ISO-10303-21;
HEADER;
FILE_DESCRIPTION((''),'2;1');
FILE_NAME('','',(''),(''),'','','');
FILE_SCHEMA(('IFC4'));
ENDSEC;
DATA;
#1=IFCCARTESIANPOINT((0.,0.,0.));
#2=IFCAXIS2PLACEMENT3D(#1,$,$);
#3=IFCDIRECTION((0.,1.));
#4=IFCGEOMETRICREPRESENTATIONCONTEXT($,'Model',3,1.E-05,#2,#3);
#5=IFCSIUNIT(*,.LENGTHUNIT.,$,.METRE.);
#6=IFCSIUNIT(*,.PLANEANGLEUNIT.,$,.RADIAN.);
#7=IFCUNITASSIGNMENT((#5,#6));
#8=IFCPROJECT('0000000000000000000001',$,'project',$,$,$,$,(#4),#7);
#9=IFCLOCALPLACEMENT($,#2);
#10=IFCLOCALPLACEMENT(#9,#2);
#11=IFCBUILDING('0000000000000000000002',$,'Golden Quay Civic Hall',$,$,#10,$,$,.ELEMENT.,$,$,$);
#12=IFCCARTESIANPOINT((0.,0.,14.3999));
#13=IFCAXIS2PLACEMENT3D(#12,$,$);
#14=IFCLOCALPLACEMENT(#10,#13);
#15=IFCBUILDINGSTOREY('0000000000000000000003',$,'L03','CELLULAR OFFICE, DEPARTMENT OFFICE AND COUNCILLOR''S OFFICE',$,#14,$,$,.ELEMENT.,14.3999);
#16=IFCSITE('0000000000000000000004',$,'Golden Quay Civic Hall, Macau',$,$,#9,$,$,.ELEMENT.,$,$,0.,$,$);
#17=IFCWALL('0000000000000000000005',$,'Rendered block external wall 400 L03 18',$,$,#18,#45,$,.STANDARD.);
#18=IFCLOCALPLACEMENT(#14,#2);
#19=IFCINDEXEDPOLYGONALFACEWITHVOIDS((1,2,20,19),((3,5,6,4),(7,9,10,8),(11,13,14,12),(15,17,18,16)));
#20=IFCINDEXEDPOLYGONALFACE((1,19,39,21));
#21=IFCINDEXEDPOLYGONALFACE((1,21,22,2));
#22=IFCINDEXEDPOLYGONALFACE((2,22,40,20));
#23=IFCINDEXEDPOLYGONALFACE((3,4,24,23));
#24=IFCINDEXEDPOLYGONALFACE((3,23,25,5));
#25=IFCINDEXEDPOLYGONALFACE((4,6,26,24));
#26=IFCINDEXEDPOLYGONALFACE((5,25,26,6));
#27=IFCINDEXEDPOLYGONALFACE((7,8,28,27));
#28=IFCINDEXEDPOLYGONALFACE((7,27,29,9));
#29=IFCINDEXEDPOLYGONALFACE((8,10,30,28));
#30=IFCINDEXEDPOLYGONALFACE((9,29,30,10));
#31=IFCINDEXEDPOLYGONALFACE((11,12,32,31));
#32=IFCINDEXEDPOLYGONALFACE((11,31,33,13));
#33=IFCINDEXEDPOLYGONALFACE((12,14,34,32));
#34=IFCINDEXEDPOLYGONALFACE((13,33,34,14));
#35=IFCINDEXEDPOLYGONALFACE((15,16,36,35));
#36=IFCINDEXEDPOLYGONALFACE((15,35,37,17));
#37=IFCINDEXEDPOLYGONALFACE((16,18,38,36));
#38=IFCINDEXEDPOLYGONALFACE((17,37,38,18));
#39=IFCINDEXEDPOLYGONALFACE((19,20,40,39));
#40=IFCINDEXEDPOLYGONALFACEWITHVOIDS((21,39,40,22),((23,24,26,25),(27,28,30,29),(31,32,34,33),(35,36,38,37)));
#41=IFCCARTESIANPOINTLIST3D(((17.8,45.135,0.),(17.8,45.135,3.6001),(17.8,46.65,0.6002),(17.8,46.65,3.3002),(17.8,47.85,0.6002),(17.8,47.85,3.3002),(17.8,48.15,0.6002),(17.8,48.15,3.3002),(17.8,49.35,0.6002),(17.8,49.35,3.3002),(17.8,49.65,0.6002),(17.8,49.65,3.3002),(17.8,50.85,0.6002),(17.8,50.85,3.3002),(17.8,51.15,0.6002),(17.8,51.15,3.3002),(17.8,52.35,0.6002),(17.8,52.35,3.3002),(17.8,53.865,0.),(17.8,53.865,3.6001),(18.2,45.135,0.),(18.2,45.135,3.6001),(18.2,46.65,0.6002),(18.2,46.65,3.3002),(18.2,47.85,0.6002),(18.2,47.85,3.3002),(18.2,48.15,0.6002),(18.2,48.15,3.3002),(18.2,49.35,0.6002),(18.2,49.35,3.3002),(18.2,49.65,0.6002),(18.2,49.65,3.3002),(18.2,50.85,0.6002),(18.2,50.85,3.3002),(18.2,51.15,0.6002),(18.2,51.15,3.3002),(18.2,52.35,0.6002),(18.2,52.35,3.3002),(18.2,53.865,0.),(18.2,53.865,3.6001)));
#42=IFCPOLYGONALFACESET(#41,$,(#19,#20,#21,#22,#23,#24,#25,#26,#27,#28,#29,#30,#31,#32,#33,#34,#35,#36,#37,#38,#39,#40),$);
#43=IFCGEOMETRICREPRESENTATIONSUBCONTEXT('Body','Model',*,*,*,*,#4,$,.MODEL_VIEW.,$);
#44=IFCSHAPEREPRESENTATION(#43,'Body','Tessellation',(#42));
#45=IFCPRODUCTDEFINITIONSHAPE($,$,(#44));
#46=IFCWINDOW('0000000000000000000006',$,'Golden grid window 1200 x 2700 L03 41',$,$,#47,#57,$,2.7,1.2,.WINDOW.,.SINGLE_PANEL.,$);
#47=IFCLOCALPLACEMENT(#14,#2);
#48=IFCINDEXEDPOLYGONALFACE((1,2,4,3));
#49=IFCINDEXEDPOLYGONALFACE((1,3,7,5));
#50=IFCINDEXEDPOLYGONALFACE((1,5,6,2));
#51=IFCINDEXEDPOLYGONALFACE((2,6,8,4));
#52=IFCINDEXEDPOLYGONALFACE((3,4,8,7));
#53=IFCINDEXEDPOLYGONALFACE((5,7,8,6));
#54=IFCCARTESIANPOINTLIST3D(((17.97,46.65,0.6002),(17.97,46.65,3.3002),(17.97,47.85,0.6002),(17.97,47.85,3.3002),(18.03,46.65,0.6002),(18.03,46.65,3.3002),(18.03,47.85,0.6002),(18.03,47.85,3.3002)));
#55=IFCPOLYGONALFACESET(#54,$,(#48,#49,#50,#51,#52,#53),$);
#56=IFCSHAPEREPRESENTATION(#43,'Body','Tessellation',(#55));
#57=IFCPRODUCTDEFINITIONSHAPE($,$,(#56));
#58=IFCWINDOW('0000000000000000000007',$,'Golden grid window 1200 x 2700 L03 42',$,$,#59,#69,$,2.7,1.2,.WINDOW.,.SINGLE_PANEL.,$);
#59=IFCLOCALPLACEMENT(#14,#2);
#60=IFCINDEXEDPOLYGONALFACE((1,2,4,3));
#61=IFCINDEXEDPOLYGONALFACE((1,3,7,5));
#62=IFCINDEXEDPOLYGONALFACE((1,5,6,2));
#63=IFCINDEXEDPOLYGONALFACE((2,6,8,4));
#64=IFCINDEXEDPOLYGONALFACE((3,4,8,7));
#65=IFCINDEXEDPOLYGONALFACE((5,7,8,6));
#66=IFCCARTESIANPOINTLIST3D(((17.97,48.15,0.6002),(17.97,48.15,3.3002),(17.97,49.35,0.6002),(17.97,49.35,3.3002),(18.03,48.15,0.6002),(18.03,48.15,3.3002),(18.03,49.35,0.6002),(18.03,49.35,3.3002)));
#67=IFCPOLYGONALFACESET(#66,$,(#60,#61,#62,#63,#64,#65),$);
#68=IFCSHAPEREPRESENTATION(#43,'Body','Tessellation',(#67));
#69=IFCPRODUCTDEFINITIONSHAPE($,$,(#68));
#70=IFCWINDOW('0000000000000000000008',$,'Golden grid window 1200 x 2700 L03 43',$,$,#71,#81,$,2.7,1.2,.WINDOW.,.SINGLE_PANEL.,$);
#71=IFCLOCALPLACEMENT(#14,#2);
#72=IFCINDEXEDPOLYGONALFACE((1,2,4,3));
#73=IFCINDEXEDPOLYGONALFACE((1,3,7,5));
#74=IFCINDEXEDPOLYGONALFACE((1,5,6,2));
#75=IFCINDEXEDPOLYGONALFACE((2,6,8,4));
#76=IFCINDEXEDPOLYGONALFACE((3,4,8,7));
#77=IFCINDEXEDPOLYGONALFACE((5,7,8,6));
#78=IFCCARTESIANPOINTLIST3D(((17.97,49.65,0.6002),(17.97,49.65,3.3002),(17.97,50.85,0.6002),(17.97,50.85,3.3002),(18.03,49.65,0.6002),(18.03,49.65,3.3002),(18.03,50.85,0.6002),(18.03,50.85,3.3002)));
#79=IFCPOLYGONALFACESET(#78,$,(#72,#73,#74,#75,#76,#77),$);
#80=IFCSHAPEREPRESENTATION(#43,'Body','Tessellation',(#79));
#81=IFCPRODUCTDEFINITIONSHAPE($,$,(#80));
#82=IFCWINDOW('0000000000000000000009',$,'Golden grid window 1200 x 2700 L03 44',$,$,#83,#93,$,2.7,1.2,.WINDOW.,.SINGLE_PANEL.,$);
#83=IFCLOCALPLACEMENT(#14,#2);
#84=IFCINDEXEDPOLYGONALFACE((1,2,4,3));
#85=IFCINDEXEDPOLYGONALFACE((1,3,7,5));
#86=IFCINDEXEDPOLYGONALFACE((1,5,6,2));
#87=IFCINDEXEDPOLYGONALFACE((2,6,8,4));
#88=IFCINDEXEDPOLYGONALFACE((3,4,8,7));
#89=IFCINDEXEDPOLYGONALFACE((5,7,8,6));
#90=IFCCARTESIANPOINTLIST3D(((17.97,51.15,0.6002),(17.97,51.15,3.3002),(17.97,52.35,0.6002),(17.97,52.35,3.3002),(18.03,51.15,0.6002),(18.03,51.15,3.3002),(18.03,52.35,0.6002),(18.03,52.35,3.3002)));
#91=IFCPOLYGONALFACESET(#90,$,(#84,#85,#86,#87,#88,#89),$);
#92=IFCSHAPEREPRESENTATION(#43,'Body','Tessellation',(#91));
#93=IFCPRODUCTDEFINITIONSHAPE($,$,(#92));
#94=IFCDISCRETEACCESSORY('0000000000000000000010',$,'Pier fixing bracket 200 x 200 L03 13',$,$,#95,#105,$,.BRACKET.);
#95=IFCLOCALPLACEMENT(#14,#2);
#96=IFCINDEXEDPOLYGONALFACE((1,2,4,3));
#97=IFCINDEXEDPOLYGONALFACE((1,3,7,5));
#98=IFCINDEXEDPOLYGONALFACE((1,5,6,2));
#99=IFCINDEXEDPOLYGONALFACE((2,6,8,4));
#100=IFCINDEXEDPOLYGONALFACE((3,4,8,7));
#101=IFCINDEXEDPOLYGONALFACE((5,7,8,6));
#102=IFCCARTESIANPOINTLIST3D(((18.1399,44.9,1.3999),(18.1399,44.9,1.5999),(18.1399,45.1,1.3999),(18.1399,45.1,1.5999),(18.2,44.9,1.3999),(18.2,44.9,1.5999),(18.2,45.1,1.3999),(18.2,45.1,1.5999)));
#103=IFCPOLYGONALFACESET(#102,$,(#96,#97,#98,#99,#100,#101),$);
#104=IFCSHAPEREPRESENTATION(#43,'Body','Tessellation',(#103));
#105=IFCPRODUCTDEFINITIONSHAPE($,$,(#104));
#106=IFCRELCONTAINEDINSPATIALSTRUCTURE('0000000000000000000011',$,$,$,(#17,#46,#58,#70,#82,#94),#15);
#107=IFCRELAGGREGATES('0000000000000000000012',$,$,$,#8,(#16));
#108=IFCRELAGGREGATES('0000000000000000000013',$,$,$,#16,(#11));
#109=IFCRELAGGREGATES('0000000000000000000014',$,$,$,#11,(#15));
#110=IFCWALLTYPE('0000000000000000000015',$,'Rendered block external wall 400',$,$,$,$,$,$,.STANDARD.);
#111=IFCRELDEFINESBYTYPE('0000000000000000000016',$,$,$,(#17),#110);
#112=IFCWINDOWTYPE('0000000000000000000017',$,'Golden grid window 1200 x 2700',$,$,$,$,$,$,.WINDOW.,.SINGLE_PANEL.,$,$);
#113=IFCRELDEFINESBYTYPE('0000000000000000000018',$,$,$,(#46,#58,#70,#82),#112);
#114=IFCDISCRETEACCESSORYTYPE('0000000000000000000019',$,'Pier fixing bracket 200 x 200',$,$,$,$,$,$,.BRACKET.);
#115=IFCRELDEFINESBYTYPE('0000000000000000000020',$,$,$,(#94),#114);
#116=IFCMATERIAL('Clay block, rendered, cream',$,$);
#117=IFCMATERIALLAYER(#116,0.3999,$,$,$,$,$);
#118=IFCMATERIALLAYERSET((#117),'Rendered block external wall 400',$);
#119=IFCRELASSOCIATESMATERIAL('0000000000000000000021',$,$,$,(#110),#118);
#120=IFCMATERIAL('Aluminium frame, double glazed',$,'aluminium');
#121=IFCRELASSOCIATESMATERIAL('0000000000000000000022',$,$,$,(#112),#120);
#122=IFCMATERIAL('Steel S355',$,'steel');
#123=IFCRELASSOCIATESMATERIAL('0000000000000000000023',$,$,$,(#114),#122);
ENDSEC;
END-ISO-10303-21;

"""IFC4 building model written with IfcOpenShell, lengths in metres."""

from ifc_helpers import new_model, si_unit, direction, frame, frame_2d, origin, origin_2d, place, context, subcontext, project, spatial, rectangle, extrude, material, layer, layer_set, type_object, element, fill, save


model = new_model("IFC4")

# Units and contexts
model_context = context("Model", 3, precision=1e-05, world=origin(), true_north=direction((0.0, 1.0)))
body_context = subcontext(model_context, "Body", "Model", "MODEL_VIEW")
ifc_project = project(units=[si_unit("LENGTHUNIT", "METRE"), si_unit("PLANEANGLEUNIT", "RADIAN")], contexts=[model_context])

# Site, building, storey
site_placement = place(None, origin())
site = spatial("IfcSite", under=ifc_project, at=site_placement, Name="Golden Quay Civic Hall, Macau", CompositionType="ELEMENT", RefElevation=0.0)
building_placement = place(site_placement, origin())
building = spatial("IfcBuilding", under=site, at=building_placement, Name="Golden Quay Civic Hall", CompositionType="ELEMENT")
storey_placement = place(building_placement, frame((0.0, 0.0, 14.3999)))
storey = spatial("IfcBuildingStorey", under=building, at=storey_placement, Name="L03", Description="CELLULAR OFFICE, DEPARTMENT OFFICE AND COUNCILLOR'S OFFICE", CompositionType="ELEMENT", Elevation=14.3999)

# Wall, openings, windows
ifc_material_1 = material(Name="Clay block, rendered, cream")
ifc_layer_1 = layer(ifc_material_1, 0.3999)
ifc_layer_set_1 = layer_set([ifc_layer_1], Name="Rendered block external wall 400")
wall_type_1 = type_object("IfcWallType", Name="Rendered block external wall 400", PredefinedType="STANDARD", material=ifc_layer_set_1)
ifc_material_2 = material(Name="Aluminium frame, double glazed", Category="aluminium")
window_type = type_object("IfcWindowType", Name="Golden grid window 1200 x 2700", PartitioningType="SINGLE_PANEL", PredefinedType="WINDOW", material=ifc_material_2)
wall_1_placement = place(storey_placement, frame((18.0, 53.865, 0.0), z_axis=(0.0, 0.0, 1.0), x_axis=(0.0, -1.0, 0.0)))
wall_1 = element("IfcWall", 1, at=wall_1_placement, inside=storey, type_object=wall_type_1, Name="Rendered block external wall 400 L03 18", PredefinedType="STANDARD", context=body_context, shape_type="SweptSolid", body=[
    extrude(rectangle(XDim=8.73, YDim=0.3999, at=frame_2d((4.365, 0.0))), origin(), (0.0, 0.0, 1.0), 3.6001),
])
opening_1_placement = place(wall_1_placement, frame((6.0149, 0.0, 0.6001)))
opening_1 = element("IfcOpeningElement", 2, at=opening_1_placement, cuts=wall_1, PredefinedType="OPENING", context=body_context, shape_type="SweptSolid", body=[
    extrude(rectangle(XDim=1.2, YDim=2.7, at=frame_2d((0.6001, 1.3501))), frame((0.0, 0.21, 0.0), z_axis=(0.0, -1.0, 0.0), x_axis=(1.0, 0.0, 0.0)), (0.0, 0.0, 1.0), 0.4199),
])
opening_2_placement = place(wall_1_placement, frame((4.5149, 0.0, 0.6001)))
opening_2 = element("IfcOpeningElement", 3, at=opening_2_placement, cuts=wall_1, PredefinedType="OPENING", context=body_context, shape_type="SweptSolid", body=[
    extrude(rectangle(XDim=1.2, YDim=2.7, at=frame_2d((0.6001, 1.3501))), frame((0.0, 0.21, 0.0), z_axis=(0.0, -1.0, 0.0), x_axis=(1.0, 0.0, 0.0)), (0.0, 0.0, 1.0), 0.4199),
])
opening_3_placement = place(wall_1_placement, frame((3.0149, 0.0, 0.6001)))
opening_3 = element("IfcOpeningElement", 4, at=opening_3_placement, cuts=wall_1, PredefinedType="OPENING", context=body_context, shape_type="SweptSolid", body=[
    extrude(rectangle(XDim=1.2, YDim=2.7, at=frame_2d((0.6001, 1.3501))), frame((0.0, 0.21, 0.0), z_axis=(0.0, -1.0, 0.0), x_axis=(1.0, 0.0, 0.0)), (0.0, 0.0, 1.0), 0.4199),
])
opening_4_placement = place(wall_1_placement, frame((1.5149, 0.0, 0.6001)))
opening_4 = element("IfcOpeningElement", 5, at=opening_4_placement, cuts=wall_1, PredefinedType="OPENING", context=body_context, shape_type="SweptSolid", body=[
    extrude(rectangle(XDim=1.2, YDim=2.7, at=frame_2d((0.6001, 1.3501))), frame((0.0, 0.21, 0.0), z_axis=(0.0, -1.0, 0.0), x_axis=(1.0, 0.0, 0.0)), (0.0, 0.0, 1.0), 0.4199),
])
window_1_placement = place(opening_1_placement, origin())
window_1 = element("IfcWindow", 6, at=window_1_placement, inside=storey, type_object=window_type, Name="Golden grid window 1200 x 2700 L03 41", OverallHeight=2.7, OverallWidth=1.2, PartitioningType="SINGLE_PANEL", PredefinedType="WINDOW", context=body_context, shape_type="SweptSolid", body=[
    extrude(rectangle(XDim=1.2, YDim=2.7, at=frame_2d((0.6001, 1.3501))), frame((0.0, 0.03, 0.0), z_axis=(0.0, -1.0, 0.0), x_axis=(1.0, 0.0, 0.0)), (0.0, 0.0, 1.0), 0.0601),
])
fill(opening_1, window_1)
window_2_placement = place(opening_2_placement, origin())
window_2 = element("IfcWindow", 7, at=window_2_placement, inside=storey, type_object=window_type, Name="Golden grid window 1200 x 2700 L03 42", OverallHeight=2.7, OverallWidth=1.2, PartitioningType="SINGLE_PANEL", PredefinedType="WINDOW", context=body_context, shape_type="SweptSolid", body=[
    extrude(rectangle(XDim=1.2, YDim=2.7, at=frame_2d((0.6001, 1.3501))), frame((0.0, 0.03, 0.0), z_axis=(0.0, -1.0, 0.0), x_axis=(1.0, 0.0, 0.0)), (0.0, 0.0, 1.0), 0.0601),
])
fill(opening_2, window_2)
window_3_placement = place(opening_3_placement, origin())
window_3 = element("IfcWindow", 8, at=window_3_placement, inside=storey, type_object=window_type, Name="Golden grid window 1200 x 2700 L03 43", OverallHeight=2.7, OverallWidth=1.2, PartitioningType="SINGLE_PANEL", PredefinedType="WINDOW", context=body_context, shape_type="SweptSolid", body=[
    extrude(rectangle(XDim=1.2, YDim=2.7, at=frame_2d((0.6001, 1.3501))), frame((0.0, 0.03, 0.0), z_axis=(0.0, -1.0, 0.0), x_axis=(1.0, 0.0, 0.0)), (0.0, 0.0, 1.0), 0.0601),
])
fill(opening_3, window_3)
window_4_placement = place(opening_4_placement, origin())
window_4 = element("IfcWindow", 9, at=window_4_placement, inside=storey, type_object=window_type, Name="Golden grid window 1200 x 2700 L03 44", OverallHeight=2.7, OverallWidth=1.2, PartitioningType="SINGLE_PANEL", PredefinedType="WINDOW", context=body_context, shape_type="SweptSolid", body=[
    extrude(rectangle(XDim=1.2, YDim=2.7, at=frame_2d((0.6001, 1.3501))), frame((0.0, 0.03, 0.0), z_axis=(0.0, -1.0, 0.0), x_axis=(1.0, 0.0, 0.0)), (0.0, 0.0, 1.0), 0.0601),
])
fill(opening_4, window_4)

# Discrete accessory
ifc_material_3 = material(Name="Steel S355", Category="steel")
discrete_accessory_type = type_object("IfcDiscreteAccessoryType", Name="Pier fixing bracket 200 x 200", PredefinedType="BRACKET", material=ifc_material_3)
discrete_accessory_placement = place(storey_placement, frame((18.1699, 45.0, 1.3999), z_axis=(0.0, 0.0, 1.0), x_axis=(0.0, 1.0, 0.0)))
element("IfcDiscreteAccessory", 10, at=discrete_accessory_placement, inside=storey, type_object=discrete_accessory_type, Name="Pier fixing bracket 200 x 200 L03 13", PredefinedType="BRACKET", context=body_context, shape_type="SweptSolid", body=[
    extrude(rectangle(XDim=0.2, YDim=0.0601, at=origin_2d()), origin(), (0.0, 0.0, 1.0), 0.2),
])

save(model, "model.ifc")
